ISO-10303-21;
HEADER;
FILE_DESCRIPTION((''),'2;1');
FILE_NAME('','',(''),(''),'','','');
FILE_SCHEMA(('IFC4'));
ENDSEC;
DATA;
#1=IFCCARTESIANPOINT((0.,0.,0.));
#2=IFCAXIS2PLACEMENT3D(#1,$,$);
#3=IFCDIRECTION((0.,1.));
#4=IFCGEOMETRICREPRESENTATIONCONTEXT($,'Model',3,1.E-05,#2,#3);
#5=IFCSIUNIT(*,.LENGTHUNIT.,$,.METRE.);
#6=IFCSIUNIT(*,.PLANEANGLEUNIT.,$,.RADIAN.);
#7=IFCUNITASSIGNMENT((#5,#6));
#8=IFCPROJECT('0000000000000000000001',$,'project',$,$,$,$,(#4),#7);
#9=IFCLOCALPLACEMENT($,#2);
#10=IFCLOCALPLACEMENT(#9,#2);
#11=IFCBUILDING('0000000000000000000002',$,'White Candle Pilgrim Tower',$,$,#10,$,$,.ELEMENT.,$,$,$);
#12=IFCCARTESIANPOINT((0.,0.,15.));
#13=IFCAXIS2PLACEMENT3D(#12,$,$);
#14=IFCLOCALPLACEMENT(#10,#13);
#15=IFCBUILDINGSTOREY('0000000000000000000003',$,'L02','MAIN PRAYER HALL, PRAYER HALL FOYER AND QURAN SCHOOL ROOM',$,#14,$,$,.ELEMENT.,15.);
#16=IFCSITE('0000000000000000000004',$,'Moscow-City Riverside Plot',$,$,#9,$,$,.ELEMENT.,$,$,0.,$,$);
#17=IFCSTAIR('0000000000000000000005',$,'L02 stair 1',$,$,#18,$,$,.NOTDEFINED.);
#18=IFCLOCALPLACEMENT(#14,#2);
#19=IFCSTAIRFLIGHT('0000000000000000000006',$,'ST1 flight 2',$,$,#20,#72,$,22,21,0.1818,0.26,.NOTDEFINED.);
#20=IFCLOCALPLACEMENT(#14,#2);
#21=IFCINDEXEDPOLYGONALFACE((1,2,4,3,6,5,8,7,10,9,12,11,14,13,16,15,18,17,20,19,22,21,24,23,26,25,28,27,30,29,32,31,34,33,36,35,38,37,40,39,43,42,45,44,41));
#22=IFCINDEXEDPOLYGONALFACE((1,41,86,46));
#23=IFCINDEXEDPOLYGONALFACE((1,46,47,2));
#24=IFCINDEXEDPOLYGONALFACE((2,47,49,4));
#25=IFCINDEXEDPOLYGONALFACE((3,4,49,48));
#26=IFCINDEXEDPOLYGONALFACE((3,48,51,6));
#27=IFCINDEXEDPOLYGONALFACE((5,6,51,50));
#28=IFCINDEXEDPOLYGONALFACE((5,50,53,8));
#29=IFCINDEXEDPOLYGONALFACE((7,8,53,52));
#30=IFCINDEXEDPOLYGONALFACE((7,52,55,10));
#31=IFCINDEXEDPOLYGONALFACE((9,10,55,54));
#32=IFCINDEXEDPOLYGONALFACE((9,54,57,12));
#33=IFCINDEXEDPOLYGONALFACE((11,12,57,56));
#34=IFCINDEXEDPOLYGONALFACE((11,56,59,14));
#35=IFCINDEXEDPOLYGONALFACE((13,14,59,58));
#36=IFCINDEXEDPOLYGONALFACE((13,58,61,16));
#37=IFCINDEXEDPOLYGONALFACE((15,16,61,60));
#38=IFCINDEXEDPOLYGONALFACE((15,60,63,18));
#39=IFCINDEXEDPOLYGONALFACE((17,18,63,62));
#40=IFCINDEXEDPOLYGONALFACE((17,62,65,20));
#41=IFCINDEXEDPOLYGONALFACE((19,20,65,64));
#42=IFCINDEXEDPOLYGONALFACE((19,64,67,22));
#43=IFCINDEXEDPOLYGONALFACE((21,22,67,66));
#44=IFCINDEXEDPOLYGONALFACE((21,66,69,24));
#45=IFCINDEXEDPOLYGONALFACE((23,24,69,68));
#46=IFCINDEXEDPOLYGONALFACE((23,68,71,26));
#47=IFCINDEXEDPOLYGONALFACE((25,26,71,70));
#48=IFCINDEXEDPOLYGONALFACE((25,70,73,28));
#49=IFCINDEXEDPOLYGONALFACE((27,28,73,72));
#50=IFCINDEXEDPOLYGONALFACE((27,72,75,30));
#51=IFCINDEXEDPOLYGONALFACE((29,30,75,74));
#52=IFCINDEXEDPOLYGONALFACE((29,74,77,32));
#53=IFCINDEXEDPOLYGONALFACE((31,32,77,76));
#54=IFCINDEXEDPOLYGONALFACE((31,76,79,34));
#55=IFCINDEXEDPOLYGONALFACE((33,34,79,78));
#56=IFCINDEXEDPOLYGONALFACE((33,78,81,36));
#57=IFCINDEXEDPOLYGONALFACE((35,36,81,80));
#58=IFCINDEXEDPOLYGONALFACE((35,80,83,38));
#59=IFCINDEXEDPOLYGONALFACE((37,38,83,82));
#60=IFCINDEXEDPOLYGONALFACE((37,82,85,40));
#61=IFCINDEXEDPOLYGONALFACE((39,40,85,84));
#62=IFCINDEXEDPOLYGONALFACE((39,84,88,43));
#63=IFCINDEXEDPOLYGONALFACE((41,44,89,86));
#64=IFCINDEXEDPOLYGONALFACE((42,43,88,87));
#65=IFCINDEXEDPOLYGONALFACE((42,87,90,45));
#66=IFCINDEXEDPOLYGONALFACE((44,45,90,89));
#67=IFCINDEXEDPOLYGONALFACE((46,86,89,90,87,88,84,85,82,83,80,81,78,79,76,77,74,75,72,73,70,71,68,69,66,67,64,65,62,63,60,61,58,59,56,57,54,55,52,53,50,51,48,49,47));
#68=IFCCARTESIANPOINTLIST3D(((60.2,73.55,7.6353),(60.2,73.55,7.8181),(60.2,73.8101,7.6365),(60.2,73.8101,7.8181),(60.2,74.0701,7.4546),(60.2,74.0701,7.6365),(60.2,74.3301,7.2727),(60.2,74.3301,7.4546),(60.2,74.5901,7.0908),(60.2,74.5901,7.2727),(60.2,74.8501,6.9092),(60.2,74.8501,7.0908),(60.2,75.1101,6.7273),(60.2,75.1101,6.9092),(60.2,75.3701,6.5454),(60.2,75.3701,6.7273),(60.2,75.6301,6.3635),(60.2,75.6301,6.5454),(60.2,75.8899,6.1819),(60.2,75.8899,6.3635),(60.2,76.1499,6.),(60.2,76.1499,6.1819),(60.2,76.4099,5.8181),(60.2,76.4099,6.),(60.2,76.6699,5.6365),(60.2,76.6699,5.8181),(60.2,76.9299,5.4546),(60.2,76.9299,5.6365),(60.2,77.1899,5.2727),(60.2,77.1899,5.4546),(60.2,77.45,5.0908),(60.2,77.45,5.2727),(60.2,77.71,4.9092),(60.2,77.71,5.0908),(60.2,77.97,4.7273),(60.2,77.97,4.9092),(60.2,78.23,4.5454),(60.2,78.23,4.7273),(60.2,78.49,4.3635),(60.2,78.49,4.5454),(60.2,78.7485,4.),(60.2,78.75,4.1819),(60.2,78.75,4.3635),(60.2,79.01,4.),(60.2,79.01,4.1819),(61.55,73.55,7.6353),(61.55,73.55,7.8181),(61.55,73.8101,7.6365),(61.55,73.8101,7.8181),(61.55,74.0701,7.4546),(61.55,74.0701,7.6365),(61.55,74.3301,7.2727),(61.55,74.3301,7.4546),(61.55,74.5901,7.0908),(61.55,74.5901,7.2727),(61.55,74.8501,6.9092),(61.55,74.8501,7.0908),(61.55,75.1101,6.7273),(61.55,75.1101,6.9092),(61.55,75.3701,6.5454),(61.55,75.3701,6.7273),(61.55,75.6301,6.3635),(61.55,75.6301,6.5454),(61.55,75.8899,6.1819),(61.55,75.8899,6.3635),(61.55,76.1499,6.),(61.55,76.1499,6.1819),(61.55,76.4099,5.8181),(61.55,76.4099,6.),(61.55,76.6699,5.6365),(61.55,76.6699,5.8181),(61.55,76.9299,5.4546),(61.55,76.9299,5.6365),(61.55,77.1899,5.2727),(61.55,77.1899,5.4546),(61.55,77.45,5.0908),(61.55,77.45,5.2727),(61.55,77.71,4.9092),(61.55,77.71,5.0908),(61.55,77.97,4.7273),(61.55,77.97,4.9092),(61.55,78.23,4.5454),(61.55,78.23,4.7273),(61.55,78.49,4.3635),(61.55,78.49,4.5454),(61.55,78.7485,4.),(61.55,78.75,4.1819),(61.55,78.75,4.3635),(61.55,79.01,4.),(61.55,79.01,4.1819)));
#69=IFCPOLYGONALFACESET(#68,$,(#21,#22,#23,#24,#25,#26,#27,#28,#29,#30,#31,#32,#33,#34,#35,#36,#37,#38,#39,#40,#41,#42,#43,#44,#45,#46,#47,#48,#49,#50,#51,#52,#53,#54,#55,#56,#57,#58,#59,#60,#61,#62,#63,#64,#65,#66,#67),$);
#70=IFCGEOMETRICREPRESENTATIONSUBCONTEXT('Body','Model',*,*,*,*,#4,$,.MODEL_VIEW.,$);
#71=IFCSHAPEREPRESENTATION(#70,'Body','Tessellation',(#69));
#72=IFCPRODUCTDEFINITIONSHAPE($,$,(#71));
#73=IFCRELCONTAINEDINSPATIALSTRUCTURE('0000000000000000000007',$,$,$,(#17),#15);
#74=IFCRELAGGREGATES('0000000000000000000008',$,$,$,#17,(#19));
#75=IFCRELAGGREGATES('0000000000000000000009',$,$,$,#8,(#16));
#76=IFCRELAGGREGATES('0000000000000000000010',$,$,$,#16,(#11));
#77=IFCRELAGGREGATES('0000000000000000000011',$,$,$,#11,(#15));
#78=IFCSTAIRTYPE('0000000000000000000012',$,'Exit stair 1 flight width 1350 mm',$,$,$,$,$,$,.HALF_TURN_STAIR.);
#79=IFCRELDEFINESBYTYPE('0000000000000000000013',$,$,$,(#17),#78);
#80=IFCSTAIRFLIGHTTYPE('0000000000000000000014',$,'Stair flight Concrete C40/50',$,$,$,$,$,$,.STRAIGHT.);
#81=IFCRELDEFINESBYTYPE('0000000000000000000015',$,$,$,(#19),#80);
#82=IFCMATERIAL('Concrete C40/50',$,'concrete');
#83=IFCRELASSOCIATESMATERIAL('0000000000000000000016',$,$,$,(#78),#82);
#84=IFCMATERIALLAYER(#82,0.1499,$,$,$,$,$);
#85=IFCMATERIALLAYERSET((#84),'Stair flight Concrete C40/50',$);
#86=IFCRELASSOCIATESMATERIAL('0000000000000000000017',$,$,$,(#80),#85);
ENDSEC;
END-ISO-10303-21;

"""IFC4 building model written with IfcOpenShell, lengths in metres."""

from ifc_helpers import new_model, si_unit, direction, frame, origin, place, context, subcontext, project, spatial, polyline, outline, extrude, material, layer, layer_set, type_object, element, aggregate, save


model = new_model("IFC4")

# Units and contexts
model_context = context("Model", 3, precision=1e-05, world=origin(), true_north=direction((0.0, 1.0)))
body_context = subcontext(model_context, "Body", "Model", "MODEL_VIEW")
ifc_project = project(units=[si_unit("LENGTHUNIT", "METRE"), si_unit("PLANEANGLEUNIT", "RADIAN")], contexts=[model_context])

# Site, building, storey
site_placement = place(None, origin())
site = spatial("IfcSite", under=ifc_project, at=site_placement, Name="Moscow-City Riverside Plot", CompositionType="ELEMENT", RefElevation=0.0)
building_placement = place(site_placement, origin())
building = spatial("IfcBuilding", under=site, at=building_placement, Name="White Candle Pilgrim Tower", CompositionType="ELEMENT")
storey_placement = place(building_placement, frame((0.0, 0.0, 15.0)))
storey = spatial("IfcBuildingStorey", under=building, at=storey_placement, Name="L02", Description="MAIN PRAYER HALL, PRAYER HALL FOYER AND QURAN SCHOOL ROOM", CompositionType="ELEMENT", Elevation=15.0)

# Stair, stair flight
ifc_material_1 = material(Name="Concrete C40/50", Category="concrete")
stair_type = type_object("IfcStairType", Name="Exit stair 1 flight width 1350 mm", PredefinedType="HALF_TURN_STAIR", material=ifc_material_1)
stair_placement = place(storey_placement, origin())
stair = element("IfcStair", 1, at=stair_placement, inside=storey, type_object=stair_type, Name="L02 stair 1", PredefinedType="NOTDEFINED")
ifc_layer_1 = layer(ifc_material_1, 0.1499)
ifc_layer_set_1 = layer_set([ifc_layer_1], Name="Stair flight Concrete C40/50")
stair_flight_type = type_object("IfcStairFlightType", Name="Stair flight Concrete C40/50", PredefinedType="STRAIGHT", material=ifc_layer_set_1)
stair_flight_1_placement = place(storey_placement, frame((60.875, 79.01, 4.0), z_axis=(0.0, 0.0, 1.0), x_axis=(0.0, -1.0, 0.0)))
stair_flight_1 = element("IfcStairFlight", 2, at=stair_flight_1_placement, type_object=stair_flight_type, Name="ST1 flight 2", NumberOfRisers=22, NumberOfTreads=21, PredefinedType="NOTDEFINED", RiserHeight=0.1818, TreadLength=0.26, context=body_context, shape_type="SweptSolid", body=[
    extrude(outline(polyline([(0.0, 0.0), (0.0, 0.1819), (0.26, 0.1819), (0.26, 0.3635), (0.52, 0.3635), (0.52, 0.5454), (0.78, 0.5454), (0.78, 0.7273), (1.04, 0.7273), (1.04, 0.9092), (1.3, 0.9092), (1.3, 1.0908), (1.5601, 1.0908), (1.5601, 1.2727), (1.8201, 1.2727), (1.8201, 1.4546), (2.0801, 1.4546), (2.0801, 1.6365), (2.3401, 1.6365), (2.3401, 1.8181), (2.6001, 1.8181), (2.6001, 2.0), (2.8601, 2.0), (2.8601, 2.1819), (3.1201, 2.1819), (3.1201, 2.3635), (3.3799, 2.3635), (3.3799, 2.5454), (3.6399, 2.5454), (3.6399, 2.7273), (3.8999, 2.7273), (3.8999, 2.9092), (4.1599, 2.9092), (4.1599, 3.0908), (4.4199, 3.0908), (4.4199, 3.2727), (4.6799, 3.2727), (4.6799, 3.4546), (4.9399, 3.4546), (4.9399, 3.6365), (5.2, 3.6365), (5.2, 3.8181), (5.46, 3.8181), (5.46, 4.0), (5.46, 3.6353), (0.2615, 0.0), (0.0, 0.0)])), frame((0.0, 0.675, 0.0), z_axis=(0.0, -1.0, 0.0), x_axis=(1.0, 0.0, 0.0)), (0.0, 0.0, 1.0), 1.3501),
])
aggregate(stair, [stair_flight_1])

save(model, "model.ifc")
